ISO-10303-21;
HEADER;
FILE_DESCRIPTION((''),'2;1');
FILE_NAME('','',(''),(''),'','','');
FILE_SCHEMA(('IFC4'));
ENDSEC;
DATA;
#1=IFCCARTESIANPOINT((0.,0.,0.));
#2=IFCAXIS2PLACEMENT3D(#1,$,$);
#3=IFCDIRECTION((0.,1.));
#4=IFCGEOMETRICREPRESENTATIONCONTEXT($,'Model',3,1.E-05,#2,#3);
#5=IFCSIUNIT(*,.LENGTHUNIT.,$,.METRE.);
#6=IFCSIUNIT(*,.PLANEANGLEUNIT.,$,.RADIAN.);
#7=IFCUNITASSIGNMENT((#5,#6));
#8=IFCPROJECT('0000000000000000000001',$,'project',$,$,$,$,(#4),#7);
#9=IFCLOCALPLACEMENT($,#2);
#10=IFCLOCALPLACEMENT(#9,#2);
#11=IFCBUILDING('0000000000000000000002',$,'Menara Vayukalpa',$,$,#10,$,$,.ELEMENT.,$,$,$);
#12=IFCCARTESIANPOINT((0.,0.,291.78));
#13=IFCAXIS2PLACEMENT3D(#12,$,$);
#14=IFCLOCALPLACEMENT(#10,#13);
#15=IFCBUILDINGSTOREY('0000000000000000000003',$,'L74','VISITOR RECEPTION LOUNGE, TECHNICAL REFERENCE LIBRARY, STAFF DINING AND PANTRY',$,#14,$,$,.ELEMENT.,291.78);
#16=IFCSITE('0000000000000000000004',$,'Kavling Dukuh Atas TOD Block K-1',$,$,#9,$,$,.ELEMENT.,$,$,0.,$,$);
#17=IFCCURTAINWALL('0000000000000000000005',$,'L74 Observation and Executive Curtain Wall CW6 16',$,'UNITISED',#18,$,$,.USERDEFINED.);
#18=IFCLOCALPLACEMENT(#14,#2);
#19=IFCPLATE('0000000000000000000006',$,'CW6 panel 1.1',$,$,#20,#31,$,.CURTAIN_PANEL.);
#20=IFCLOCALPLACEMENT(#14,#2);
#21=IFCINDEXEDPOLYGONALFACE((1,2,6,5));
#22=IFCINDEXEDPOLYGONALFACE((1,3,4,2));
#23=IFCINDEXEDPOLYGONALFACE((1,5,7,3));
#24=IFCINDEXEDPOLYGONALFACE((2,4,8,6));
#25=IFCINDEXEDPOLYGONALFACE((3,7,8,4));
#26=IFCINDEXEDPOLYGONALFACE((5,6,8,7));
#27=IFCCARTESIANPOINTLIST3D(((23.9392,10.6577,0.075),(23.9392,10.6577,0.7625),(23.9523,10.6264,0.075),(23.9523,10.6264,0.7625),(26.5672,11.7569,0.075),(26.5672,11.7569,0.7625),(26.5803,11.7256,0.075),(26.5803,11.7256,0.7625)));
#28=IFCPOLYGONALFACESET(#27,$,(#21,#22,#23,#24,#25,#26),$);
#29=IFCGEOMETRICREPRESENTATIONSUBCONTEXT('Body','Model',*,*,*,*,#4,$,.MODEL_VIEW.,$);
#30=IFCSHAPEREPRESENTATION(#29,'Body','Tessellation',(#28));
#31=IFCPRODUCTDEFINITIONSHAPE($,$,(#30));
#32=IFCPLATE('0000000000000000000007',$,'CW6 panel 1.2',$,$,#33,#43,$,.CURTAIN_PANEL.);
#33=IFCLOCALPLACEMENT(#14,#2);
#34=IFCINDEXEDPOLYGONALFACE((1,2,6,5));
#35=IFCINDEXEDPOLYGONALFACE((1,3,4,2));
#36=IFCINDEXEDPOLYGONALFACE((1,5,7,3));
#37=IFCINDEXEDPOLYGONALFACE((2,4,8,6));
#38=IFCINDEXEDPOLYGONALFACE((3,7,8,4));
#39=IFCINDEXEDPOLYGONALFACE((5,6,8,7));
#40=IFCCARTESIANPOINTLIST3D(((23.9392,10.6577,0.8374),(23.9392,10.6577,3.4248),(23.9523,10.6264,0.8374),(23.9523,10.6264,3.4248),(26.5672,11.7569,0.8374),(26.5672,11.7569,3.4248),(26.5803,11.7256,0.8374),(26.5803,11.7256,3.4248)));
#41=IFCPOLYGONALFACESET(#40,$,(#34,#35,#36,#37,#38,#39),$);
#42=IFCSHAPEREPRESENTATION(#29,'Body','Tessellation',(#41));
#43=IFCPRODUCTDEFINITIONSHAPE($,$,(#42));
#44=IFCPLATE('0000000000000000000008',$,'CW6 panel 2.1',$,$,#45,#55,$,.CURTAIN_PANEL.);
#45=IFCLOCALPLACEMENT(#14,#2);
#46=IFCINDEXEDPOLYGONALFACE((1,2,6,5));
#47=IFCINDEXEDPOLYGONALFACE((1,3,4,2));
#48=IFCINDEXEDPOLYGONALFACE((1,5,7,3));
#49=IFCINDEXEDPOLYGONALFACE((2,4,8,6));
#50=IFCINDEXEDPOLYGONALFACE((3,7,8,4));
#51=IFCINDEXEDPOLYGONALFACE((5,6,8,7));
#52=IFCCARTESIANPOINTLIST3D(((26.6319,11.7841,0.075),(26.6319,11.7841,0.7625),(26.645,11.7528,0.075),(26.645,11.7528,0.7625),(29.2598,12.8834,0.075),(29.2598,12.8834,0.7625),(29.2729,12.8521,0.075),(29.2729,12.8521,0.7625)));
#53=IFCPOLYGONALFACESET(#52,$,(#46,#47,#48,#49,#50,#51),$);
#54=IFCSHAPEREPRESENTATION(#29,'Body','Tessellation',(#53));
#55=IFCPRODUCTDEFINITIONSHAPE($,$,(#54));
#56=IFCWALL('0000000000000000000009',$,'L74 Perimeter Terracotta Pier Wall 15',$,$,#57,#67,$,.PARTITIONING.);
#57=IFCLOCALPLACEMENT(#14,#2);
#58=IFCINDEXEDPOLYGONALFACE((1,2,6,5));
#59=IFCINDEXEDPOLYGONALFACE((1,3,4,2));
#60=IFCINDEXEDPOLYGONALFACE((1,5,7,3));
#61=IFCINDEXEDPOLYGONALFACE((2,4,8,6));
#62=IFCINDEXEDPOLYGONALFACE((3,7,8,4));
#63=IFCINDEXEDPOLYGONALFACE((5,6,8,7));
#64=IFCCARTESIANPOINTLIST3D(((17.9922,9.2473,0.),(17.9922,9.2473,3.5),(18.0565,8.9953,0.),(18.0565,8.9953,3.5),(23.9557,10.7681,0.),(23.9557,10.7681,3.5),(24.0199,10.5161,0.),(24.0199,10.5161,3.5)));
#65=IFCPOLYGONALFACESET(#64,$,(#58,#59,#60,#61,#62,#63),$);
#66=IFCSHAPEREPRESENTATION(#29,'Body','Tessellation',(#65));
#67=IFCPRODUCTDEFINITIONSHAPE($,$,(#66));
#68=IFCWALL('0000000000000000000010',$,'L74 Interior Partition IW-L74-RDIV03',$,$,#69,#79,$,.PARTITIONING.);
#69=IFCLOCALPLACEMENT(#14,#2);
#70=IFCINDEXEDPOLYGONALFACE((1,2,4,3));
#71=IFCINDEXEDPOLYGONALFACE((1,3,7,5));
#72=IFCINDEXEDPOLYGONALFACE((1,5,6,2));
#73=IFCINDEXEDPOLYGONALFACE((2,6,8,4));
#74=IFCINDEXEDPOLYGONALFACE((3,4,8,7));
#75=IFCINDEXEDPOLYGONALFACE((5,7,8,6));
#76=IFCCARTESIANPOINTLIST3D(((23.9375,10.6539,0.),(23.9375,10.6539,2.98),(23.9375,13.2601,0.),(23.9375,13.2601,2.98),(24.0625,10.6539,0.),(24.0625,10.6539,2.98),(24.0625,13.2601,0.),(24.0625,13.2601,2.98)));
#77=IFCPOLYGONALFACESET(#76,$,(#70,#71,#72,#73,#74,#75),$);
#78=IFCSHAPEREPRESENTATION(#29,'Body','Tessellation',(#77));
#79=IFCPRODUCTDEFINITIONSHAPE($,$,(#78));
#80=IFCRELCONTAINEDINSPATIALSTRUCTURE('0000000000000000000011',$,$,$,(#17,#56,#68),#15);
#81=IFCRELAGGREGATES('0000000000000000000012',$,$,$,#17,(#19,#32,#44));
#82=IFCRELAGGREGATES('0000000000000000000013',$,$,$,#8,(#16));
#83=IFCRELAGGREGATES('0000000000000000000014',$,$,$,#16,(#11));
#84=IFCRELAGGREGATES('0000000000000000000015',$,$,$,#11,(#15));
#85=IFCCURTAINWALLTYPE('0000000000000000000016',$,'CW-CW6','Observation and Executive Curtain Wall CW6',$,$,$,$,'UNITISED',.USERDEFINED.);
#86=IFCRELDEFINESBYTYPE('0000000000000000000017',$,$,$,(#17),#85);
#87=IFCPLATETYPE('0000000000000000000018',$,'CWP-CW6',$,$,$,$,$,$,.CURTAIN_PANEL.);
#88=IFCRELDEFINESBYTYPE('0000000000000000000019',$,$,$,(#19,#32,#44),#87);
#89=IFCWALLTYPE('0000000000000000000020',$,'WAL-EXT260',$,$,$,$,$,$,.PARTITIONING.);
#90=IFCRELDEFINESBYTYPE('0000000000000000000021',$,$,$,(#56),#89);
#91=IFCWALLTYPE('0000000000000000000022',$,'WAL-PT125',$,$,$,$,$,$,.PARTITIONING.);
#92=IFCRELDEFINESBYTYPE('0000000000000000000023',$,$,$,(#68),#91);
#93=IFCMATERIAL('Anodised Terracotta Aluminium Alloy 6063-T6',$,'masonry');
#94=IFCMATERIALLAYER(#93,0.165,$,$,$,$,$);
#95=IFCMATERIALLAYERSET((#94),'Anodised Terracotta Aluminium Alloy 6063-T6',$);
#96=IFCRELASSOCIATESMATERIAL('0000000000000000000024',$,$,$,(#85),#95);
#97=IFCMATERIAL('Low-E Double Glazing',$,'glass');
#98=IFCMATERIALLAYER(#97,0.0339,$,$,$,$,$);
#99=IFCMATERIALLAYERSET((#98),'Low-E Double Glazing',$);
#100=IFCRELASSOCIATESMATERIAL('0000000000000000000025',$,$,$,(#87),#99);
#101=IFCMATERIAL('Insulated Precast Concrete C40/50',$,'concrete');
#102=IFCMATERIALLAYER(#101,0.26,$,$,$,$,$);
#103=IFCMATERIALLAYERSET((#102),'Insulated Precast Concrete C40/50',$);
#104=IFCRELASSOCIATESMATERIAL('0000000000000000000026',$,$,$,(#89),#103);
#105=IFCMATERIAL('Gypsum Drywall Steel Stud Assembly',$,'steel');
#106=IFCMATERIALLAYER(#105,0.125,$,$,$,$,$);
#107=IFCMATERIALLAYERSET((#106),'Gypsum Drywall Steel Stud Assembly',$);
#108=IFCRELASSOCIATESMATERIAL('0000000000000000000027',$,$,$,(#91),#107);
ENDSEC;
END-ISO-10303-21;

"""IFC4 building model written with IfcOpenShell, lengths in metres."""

from ifc_helpers import new_model, si_unit, direction, frame, frame_2d, origin, origin_2d, place, context, subcontext, project, spatial, rectangle, extrude, material, layer, layer_set, type_object, element, aggregate, save


model = new_model("IFC4")

# Units and contexts
model_context = context("Model", 3, precision=1e-05, world=origin(), true_north=direction((0.0, 1.0)))
body_context = subcontext(model_context, "Body", "Model", "MODEL_VIEW")
ifc_project = project(units=[si_unit("LENGTHUNIT", "METRE"), si_unit("PLANEANGLEUNIT", "RADIAN")], contexts=[model_context])

# Site, building, storey
site_placement = place(None, origin())
site = spatial("IfcSite", under=ifc_project, at=site_placement, Name="Kavling Dukuh Atas TOD Block K-1", CompositionType="ELEMENT", RefElevation=0.0)
building_placement = place(site_placement, origin())
building = spatial("IfcBuilding", under=site, at=building_placement, Name="Menara Vayukalpa", CompositionType="ELEMENT")
storey_placement = place(building_placement, frame((0.0, 0.0, 291.78)))
storey = spatial("IfcBuildingStorey", under=building, at=storey_placement, Name="L74", Description="VISITOR RECEPTION LOUNGE, TECHNICAL REFERENCE LIBRARY, STAFF DINING AND PANTRY", CompositionType="ELEMENT", Elevation=291.78)

# Curtain wall, plates
ifc_material_1 = material(Name="Anodised Terracotta Aluminium Alloy 6063-T6", Category="masonry")
ifc_layer_1 = layer(ifc_material_1, 0.165)
ifc_layer_set_1 = layer_set([ifc_layer_1], Name="Anodised Terracotta Aluminium Alloy 6063-T6")
curtain_wall_type = type_object("IfcCurtainWallType", Name="CW-CW6", Description="Observation and Executive Curtain Wall CW6", ElementType="UNITISED", PredefinedType="USERDEFINED", material=ifc_layer_set_1)
curtain_wall_placement = place(storey_placement, origin())
curtain_wall = element("IfcCurtainWall", 1, at=curtain_wall_placement, inside=storey, type_object=curtain_wall_type, Name="L74 Observation and Executive Curtain Wall CW6 16", ObjectType="UNITISED", PredefinedType="USERDEFINED")
ifc_material_2 = material(Name="Low-E Double Glazing", Category="glass")
ifc_layer_2 = layer(ifc_material_2, 0.0339)
ifc_layer_set_2 = layer_set([ifc_layer_2], Name="Low-E Double Glazing")
plate_type = type_object("IfcPlateType", Name="CWP-CW6", PredefinedType="CURTAIN_PANEL", material=ifc_layer_set_2)
plate_1_placement = place(storey_placement, frame((25.2598, 11.1917, 0.075), z_axis=(0.0, 0.0, 1.0), x_axis=(0.922541, 0.3859, 0.0)))
plate_1 = element("IfcPlate", 2, at=plate_1_placement, type_object=plate_type, Name="CW6 panel 1.1", PredefinedType="CURTAIN_PANEL", context=body_context, shape_type="SweptSolid", body=[
    extrude(rectangle(XDim=2.8486, YDim=0.0339, at=origin_2d()), origin(), (0.0, 0.0, 1.0), 0.6875),
])
plate_2_placement = place(storey_placement, frame((25.2598, 11.1917, 0.8374), z_axis=(0.0, 0.0, 1.0), x_axis=(0.922541, 0.3859, 0.0)))
plate_2 = element("IfcPlate", 3, at=plate_2_placement, type_object=plate_type, Name="CW6 panel 1.2", PredefinedType="CURTAIN_PANEL", context=body_context, shape_type="SweptSolid", body=[
    extrude(rectangle(XDim=2.8486, YDim=0.0339, at=origin_2d()), origin(), (0.0, 0.0, 1.0), 2.5874),
])
plate_3_placement = place(storey_placement, frame((27.9524, 12.3181, 0.075), z_axis=(0.0, 0.0, 1.0), x_axis=(0.922541, 0.3859, 0.0)))
plate_3 = element("IfcPlate", 4, at=plate_3_placement, type_object=plate_type, Name="CW6 panel 2.1", PredefinedType="CURTAIN_PANEL", context=body_context, shape_type="SweptSolid", body=[
    extrude(rectangle(XDim=2.8486, YDim=0.0339, at=origin_2d()), origin(), (0.0, 0.0, 1.0), 0.6875),
])
aggregate(curtain_wall, [plate_1, plate_2, plate_3])

# Walls
ifc_material_3 = material(Name="Insulated Precast Concrete C40/50", Category="concrete")
ifc_layer_3 = layer(ifc_material_3, 0.26)
ifc_layer_set_3 = layer_set([ifc_layer_3], Name="Insulated Precast Concrete C40/50")
wall_type_1 = type_object("IfcWallType", Name="WAL-EXT260", PredefinedType="PARTITIONING", material=ifc_layer_set_3)
wall_1_placement = place(storey_placement, frame((23.9878, 10.6421, 0.0), z_axis=(0.0, 0.0, 1.0), x_axis=(-0.968988, -0.247107, 0.0)))
element("IfcWall", 5, at=wall_1_placement, inside=storey, type_object=wall_type_1, Name="L74 Perimeter Terracotta Pier Wall 15", PredefinedType="PARTITIONING", context=body_context, shape_type="SweptSolid", body=[
    extrude(rectangle(XDim=6.1543, YDim=0.26, at=frame_2d((3.0771, 0.0))), origin(), (0.0, 0.0, 1.0), 3.5),
])
ifc_material_4 = material(Name="Gypsum Drywall Steel Stud Assembly", Category="steel")
ifc_layer_4 = layer(ifc_material_4, 0.125)
ifc_layer_set_4 = layer_set([ifc_layer_4], Name="Gypsum Drywall Steel Stud Assembly")
wall_type_2 = type_object("IfcWallType", Name="WAL-PT125", PredefinedType="PARTITIONING", material=ifc_layer_set_4)
wall_2_placement = place(storey_placement, frame((24.0, 10.6538, 0.0), z_axis=(0.0, 0.0, 1.0), x_axis=(0.0, 1.0, 0.0)))
element("IfcWall", 6, at=wall_2_placement, inside=storey, type_object=wall_type_2, Name="L74 Interior Partition IW-L74-RDIV03", PredefinedType="PARTITIONING", context=body_context, shape_type="SweptSolid", body=[
    extrude(rectangle(XDim=2.6062, YDim=0.125, at=frame_2d((1.3032, 0.0))), origin(), (0.0, 0.0, 1.0), 2.98),
])

save(model, "model.ifc")
